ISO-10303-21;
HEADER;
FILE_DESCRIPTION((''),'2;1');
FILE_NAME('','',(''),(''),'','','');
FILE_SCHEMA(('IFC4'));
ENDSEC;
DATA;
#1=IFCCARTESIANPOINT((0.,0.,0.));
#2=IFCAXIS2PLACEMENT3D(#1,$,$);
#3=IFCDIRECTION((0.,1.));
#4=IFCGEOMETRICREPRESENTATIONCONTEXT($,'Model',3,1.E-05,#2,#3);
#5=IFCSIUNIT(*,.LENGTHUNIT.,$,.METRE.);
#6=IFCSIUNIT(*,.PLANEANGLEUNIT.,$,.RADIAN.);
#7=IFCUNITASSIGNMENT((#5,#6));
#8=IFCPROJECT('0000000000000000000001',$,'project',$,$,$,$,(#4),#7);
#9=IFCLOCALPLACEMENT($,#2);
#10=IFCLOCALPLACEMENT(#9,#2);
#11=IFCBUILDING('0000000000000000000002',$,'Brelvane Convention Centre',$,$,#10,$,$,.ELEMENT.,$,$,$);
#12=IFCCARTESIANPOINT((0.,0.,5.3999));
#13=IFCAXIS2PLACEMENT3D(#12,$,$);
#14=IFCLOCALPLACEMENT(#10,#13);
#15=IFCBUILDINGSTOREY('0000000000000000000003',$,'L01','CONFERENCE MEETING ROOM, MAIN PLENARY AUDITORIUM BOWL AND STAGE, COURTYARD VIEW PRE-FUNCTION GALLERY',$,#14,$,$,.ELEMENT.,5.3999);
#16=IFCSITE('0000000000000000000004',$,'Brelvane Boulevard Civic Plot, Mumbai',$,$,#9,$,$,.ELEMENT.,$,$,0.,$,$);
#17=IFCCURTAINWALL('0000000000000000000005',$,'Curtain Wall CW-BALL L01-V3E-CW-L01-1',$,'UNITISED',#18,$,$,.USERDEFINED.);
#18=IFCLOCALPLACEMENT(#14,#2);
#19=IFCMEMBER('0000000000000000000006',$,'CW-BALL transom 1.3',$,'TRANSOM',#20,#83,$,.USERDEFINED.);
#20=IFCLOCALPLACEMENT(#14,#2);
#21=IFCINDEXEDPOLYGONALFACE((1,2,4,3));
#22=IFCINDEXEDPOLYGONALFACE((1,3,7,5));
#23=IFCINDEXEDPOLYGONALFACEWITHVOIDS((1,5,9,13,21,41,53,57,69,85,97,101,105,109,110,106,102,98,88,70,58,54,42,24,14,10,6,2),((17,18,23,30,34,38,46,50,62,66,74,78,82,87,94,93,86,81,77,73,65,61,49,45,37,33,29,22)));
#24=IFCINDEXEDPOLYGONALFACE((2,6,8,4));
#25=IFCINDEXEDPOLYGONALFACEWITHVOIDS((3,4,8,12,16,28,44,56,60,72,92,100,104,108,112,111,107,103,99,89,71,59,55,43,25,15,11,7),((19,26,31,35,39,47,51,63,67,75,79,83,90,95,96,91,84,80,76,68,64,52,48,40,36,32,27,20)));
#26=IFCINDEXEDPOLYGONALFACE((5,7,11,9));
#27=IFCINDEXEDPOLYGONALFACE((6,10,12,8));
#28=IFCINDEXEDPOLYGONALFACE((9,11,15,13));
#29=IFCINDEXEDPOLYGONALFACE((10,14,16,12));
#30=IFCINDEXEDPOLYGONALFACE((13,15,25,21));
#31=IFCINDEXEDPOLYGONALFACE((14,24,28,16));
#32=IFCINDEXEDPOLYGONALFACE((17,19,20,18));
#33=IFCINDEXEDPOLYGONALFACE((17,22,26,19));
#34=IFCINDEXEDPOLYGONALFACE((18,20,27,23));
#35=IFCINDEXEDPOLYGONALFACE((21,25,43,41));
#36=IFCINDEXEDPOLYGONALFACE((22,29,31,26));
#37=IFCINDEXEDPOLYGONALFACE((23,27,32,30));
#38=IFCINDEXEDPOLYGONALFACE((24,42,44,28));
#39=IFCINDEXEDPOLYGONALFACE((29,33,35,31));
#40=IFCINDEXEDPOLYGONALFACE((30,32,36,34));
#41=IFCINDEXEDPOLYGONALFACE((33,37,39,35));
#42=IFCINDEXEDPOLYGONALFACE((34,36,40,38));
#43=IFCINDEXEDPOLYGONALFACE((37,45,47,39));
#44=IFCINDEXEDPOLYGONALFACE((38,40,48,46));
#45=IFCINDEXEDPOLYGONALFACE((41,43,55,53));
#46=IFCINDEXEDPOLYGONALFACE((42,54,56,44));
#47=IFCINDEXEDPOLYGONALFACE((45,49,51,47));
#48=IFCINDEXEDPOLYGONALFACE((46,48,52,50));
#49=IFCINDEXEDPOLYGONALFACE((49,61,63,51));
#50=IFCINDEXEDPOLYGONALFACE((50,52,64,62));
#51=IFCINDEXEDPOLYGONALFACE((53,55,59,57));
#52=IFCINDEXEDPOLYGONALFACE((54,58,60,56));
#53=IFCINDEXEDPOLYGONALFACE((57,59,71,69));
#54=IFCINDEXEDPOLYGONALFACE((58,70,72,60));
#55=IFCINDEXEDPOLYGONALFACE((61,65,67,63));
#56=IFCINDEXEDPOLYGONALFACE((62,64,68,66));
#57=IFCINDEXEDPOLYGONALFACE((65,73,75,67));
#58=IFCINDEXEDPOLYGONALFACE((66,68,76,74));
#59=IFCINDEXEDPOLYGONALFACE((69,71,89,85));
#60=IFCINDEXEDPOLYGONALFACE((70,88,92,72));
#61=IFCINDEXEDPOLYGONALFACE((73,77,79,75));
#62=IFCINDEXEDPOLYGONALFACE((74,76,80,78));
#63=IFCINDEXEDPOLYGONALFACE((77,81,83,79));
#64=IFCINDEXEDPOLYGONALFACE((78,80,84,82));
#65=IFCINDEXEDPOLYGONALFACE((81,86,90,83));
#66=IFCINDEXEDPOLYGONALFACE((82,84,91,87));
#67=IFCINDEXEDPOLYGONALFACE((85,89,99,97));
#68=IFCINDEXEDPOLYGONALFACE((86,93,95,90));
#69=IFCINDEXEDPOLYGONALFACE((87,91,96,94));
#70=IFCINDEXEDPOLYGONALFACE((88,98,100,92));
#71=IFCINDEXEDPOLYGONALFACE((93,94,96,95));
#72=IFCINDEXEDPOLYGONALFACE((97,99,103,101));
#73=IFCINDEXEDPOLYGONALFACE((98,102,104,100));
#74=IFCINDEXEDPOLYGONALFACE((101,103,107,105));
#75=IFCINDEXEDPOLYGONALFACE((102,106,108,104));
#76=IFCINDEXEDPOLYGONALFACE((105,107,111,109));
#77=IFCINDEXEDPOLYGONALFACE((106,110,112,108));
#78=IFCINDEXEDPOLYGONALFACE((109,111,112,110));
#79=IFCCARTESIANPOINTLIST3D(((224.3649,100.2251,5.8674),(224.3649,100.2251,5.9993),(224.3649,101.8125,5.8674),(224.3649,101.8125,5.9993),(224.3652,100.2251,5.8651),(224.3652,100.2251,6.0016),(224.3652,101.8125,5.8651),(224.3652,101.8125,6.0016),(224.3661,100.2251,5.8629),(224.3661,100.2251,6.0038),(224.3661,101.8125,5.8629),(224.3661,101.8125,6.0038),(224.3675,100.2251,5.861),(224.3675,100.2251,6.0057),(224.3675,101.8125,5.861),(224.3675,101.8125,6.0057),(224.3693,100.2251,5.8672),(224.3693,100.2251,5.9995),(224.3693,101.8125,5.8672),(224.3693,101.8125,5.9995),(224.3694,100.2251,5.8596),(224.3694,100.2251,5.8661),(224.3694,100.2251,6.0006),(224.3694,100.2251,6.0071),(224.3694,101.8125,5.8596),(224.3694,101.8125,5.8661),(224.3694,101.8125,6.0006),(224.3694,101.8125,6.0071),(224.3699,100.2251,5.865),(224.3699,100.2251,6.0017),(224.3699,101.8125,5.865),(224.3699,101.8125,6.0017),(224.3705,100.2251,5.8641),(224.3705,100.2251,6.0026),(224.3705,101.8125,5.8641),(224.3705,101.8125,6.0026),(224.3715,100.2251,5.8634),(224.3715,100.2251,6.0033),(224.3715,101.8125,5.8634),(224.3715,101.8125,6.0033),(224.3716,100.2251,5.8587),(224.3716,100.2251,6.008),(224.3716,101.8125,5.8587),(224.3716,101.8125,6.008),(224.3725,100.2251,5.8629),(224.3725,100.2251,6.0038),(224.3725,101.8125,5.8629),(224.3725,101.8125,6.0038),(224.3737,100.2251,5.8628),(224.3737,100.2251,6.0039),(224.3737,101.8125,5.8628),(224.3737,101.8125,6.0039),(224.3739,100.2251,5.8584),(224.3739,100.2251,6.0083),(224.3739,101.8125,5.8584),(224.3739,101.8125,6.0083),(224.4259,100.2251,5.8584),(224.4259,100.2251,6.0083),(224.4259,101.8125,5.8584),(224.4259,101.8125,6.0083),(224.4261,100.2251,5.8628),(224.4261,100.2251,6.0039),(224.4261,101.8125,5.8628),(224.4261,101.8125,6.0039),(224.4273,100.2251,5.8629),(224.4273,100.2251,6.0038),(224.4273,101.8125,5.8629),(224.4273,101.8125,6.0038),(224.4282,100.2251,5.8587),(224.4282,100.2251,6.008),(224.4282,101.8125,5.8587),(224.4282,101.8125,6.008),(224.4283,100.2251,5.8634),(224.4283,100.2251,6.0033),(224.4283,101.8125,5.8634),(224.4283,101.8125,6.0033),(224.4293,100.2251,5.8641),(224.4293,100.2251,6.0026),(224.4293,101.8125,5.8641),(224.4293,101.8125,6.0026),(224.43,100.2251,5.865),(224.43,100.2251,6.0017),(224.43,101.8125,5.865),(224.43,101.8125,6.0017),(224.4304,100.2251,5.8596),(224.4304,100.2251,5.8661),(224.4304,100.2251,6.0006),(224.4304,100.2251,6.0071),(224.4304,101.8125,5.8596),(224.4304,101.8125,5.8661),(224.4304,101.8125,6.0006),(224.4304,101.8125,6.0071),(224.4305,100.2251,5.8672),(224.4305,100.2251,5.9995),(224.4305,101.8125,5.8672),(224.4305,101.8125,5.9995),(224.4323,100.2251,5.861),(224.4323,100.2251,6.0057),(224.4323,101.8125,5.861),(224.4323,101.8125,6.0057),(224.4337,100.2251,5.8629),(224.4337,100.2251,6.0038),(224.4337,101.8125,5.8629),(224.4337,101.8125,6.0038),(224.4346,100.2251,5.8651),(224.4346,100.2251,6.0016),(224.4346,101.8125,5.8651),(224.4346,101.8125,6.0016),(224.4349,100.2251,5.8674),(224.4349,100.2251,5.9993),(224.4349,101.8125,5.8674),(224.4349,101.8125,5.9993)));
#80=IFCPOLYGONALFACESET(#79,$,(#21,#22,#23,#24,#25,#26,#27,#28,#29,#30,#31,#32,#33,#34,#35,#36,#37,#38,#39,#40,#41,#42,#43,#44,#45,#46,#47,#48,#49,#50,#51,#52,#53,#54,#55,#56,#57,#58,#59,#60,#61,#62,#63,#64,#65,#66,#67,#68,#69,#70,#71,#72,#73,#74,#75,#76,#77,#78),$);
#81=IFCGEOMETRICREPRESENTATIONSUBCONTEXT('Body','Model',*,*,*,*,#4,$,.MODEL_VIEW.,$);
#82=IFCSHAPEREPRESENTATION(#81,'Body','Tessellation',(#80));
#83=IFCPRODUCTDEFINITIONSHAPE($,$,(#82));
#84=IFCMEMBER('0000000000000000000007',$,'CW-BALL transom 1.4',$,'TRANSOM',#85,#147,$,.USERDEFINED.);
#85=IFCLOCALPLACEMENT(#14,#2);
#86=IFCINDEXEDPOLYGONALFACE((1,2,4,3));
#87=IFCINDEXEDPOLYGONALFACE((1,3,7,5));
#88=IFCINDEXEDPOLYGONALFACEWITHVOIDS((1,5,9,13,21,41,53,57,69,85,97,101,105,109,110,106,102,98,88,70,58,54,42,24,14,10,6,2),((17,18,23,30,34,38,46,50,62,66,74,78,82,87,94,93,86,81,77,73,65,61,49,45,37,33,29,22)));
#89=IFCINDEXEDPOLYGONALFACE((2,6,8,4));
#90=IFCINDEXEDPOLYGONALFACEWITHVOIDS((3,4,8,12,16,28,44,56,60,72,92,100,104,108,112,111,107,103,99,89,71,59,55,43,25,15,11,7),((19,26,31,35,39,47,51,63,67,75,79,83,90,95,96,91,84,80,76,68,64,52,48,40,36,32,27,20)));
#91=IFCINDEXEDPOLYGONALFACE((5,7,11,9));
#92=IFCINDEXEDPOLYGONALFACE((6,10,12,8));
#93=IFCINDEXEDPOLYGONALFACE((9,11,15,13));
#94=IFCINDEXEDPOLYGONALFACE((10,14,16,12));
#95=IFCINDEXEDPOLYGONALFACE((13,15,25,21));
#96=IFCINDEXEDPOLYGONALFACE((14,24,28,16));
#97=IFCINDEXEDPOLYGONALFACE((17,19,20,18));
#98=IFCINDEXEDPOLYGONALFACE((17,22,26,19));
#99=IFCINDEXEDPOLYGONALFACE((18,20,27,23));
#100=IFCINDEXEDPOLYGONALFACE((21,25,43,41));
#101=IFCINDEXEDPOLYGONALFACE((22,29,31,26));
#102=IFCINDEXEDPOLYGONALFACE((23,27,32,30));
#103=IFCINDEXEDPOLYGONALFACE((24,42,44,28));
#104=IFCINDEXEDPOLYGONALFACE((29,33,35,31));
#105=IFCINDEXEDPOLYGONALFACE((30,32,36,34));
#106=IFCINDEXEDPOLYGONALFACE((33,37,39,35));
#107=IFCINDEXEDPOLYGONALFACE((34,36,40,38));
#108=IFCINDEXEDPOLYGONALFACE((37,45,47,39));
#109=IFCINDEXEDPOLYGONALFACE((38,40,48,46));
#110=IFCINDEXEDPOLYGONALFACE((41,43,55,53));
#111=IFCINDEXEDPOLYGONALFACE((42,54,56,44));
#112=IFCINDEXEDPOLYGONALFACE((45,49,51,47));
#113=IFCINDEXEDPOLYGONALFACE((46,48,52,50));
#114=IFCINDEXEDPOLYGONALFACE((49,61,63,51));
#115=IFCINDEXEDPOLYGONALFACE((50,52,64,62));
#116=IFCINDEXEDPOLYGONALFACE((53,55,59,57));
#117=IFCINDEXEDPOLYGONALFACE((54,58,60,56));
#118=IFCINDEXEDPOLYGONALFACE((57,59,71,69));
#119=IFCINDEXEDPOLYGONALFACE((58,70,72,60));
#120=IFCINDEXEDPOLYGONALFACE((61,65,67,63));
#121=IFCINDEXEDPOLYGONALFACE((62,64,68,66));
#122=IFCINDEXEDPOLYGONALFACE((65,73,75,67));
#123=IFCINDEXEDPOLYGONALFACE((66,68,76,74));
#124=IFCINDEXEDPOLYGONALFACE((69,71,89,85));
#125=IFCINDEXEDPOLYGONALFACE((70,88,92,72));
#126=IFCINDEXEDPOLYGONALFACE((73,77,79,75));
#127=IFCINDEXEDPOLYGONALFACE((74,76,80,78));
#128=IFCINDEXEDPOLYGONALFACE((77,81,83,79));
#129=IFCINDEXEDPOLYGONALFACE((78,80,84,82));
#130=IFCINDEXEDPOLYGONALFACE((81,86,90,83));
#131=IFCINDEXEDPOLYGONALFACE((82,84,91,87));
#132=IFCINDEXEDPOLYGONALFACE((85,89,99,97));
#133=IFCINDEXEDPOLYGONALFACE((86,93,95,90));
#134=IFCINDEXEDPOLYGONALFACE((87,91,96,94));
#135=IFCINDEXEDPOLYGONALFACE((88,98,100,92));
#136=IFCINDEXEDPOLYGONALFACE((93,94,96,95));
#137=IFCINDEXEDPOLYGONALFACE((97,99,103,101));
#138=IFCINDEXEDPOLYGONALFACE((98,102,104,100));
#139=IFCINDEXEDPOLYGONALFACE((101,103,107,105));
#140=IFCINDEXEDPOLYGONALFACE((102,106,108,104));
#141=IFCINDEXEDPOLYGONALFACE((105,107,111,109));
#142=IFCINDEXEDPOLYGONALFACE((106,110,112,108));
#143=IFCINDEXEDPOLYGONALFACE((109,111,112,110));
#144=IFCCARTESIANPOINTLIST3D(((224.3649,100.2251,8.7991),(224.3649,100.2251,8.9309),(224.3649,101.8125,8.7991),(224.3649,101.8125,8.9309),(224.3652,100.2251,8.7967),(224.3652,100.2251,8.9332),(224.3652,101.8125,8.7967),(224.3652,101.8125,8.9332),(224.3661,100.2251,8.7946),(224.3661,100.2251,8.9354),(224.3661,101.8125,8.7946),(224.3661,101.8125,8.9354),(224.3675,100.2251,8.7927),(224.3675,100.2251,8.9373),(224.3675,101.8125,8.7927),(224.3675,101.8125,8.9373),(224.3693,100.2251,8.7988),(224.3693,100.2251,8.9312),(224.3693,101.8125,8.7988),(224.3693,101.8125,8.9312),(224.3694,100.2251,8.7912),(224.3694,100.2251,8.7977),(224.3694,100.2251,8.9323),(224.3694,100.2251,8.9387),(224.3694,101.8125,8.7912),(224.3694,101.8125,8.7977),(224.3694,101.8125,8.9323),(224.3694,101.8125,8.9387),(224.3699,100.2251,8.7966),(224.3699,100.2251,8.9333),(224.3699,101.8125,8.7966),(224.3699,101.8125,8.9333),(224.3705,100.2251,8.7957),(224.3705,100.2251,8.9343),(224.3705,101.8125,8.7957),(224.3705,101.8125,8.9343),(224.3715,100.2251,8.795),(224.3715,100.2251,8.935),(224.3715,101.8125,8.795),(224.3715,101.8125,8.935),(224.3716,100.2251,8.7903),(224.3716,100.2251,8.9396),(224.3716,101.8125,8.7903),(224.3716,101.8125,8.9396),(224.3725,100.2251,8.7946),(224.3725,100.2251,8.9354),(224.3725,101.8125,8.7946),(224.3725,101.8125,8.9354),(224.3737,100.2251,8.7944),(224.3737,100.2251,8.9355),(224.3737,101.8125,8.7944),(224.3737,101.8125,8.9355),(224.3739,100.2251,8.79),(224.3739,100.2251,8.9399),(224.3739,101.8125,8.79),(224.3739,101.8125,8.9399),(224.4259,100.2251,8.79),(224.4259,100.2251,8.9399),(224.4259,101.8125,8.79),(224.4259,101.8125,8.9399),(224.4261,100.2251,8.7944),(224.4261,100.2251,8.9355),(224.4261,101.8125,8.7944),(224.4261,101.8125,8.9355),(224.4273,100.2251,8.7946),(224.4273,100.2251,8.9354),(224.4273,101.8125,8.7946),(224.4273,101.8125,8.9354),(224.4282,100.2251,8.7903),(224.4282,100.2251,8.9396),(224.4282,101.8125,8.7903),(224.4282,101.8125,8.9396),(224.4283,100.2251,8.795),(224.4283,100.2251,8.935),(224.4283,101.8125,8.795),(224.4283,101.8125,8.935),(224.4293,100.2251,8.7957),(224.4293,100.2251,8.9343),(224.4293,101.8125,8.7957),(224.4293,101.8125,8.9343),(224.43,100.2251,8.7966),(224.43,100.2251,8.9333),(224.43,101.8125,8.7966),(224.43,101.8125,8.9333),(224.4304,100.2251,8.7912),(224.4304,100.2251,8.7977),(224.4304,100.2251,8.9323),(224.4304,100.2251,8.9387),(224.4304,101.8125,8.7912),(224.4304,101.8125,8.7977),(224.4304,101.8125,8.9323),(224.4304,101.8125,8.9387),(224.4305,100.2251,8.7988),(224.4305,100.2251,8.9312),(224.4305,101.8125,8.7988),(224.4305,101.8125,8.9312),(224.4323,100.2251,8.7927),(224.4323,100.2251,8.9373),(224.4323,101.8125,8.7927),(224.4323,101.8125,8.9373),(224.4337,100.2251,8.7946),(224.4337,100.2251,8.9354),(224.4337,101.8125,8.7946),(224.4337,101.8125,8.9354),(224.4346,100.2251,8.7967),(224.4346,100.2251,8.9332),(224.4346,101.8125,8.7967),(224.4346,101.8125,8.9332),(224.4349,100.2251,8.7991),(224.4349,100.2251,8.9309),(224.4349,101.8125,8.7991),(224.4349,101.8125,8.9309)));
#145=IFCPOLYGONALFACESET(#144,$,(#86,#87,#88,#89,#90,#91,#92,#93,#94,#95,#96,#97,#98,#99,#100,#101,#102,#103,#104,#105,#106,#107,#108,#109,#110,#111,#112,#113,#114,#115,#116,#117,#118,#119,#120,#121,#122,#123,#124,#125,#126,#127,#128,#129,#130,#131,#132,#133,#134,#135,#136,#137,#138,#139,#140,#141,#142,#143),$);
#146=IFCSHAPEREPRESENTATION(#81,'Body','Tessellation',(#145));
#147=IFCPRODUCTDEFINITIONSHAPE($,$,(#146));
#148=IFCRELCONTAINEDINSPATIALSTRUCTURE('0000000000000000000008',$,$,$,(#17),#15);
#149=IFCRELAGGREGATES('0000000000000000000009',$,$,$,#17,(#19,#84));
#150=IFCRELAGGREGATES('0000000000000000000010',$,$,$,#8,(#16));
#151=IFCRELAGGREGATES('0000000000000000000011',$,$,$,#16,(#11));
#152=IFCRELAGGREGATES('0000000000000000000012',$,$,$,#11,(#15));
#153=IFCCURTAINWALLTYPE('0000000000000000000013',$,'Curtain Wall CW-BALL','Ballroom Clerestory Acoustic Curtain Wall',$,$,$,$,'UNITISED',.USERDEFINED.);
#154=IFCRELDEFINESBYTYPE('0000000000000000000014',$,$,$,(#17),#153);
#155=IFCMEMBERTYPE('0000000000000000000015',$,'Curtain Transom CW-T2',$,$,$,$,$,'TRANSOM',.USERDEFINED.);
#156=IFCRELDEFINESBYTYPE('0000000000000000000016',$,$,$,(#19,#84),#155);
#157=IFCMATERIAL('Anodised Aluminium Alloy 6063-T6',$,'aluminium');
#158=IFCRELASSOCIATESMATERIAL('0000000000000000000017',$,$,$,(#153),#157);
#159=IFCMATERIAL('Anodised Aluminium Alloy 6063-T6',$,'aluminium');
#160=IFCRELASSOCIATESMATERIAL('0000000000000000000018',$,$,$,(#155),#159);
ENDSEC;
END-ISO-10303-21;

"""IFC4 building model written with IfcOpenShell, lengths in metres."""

from ifc_helpers import new_model, si_unit, direction, frame, origin, origin_2d, place, context, subcontext, project, spatial, hollow_rectangle, extrude, material, material_profile, profile_set, type_object, element, aggregate, save


model = new_model("IFC4")

# Units and contexts
model_context = context("Model", 3, precision=1e-05, world=origin(), true_north=direction((0.0, 1.0)))
body_context = subcontext(model_context, "Body", "Model", "MODEL_VIEW")
ifc_project = project(units=[si_unit("LENGTHUNIT", "METRE"), si_unit("PLANEANGLEUNIT", "RADIAN")], contexts=[model_context])

# Site, building, storey
site_placement = place(None, origin())
site = spatial("IfcSite", under=ifc_project, at=site_placement, Name="Brelvane Boulevard Civic Plot, Mumbai", CompositionType="ELEMENT", RefElevation=0.0)
building_placement = place(site_placement, origin())
building = spatial("IfcBuilding", under=site, at=building_placement, Name="Brelvane Convention Centre", CompositionType="ELEMENT")
storey_placement = place(building_placement, frame((0.0, 0.0, 5.3999)))
storey = spatial("IfcBuildingStorey", under=building, at=storey_placement, Name="L01", Description="CONFERENCE MEETING ROOM, MAIN PLENARY AUDITORIUM BOWL AND STAGE, COURTYARD VIEW PRE-FUNCTION GALLERY", CompositionType="ELEMENT", Elevation=5.3999)

# Curtain wall, members
ifc_material_1 = material(Name="Anodised Aluminium Alloy 6063-T6", Category="aluminium")
curtain_wall_type = type_object("IfcCurtainWallType", Name="Curtain Wall CW-BALL", Description="Ballroom Clerestory Acoustic Curtain Wall", ElementType="UNITISED", PredefinedType="USERDEFINED", material=ifc_material_1)
curtain_wall_placement = place(storey_placement, origin())
curtain_wall = element("IfcCurtainWall", 1, at=curtain_wall_placement, inside=storey, type_object=curtain_wall_type, Name="Curtain Wall CW-BALL L01-V3E-CW-L01-1", ObjectType="UNITISED", PredefinedType="USERDEFINED")
ifc_material_2 = material(Name="Anodised Aluminium Alloy 6063-T6", Category="aluminium")
ifc_material_profile_1 = material_profile(ifc_material_2, hollow_rectangle(XDim=0.0701, YDim=0.1499, WallThickness=0.0044, InnerFilletRadius=0.0044, OuterFilletRadius=0.009, at=origin_2d()), Name="ALU-T 150x70x4.5")
ifc_profile_set_1 = profile_set([ifc_material_profile_1], Name="Anodised Aluminium Alloy 6063-T6")
member_type_1 = type_object("IfcMemberType", Name="Curtain Transom CW-T2", ElementType="TRANSOM", PredefinedType="USERDEFINED", material=ifc_profile_set_1)
member_1_placement = place(storey_placement, frame((224.3999, 100.2251, 5.9333), z_axis=(0.0, 1.0, 0.0), x_axis=(-1.0, 0.0, 0.0)))
member_1 = element("IfcMember", 2, at=member_1_placement, type_object=member_type_1, Name="CW-BALL transom 1.3", ObjectType="TRANSOM", PredefinedType="USERDEFINED", context=body_context, shape_type="SweptSolid", body=[
    extrude(hollow_rectangle(XDim=0.0701, YDim=0.1499, WallThickness=0.0044, InnerFilletRadius=0.0044, OuterFilletRadius=0.009, at=origin_2d()), origin(), (0.0, 0.0, 1.0), 1.5874),
])
member_2_placement = place(storey_placement, frame((224.3999, 100.2251, 8.865), z_axis=(0.0, 1.0, 0.0), x_axis=(-1.0, 0.0, 0.0)))
member_2 = element("IfcMember", 3, at=member_2_placement, type_object=member_type_1, Name="CW-BALL transom 1.4", ObjectType="TRANSOM", PredefinedType="USERDEFINED", context=body_context, shape_type="SweptSolid", body=[
    extrude(hollow_rectangle(XDim=0.0701, YDim=0.1499, WallThickness=0.0044, InnerFilletRadius=0.0044, OuterFilletRadius=0.009, at=origin_2d()), origin(), (0.0, 0.0, 1.0), 1.5874),
])

aggregate(curtain_wall, [member_1, member_2])

save(model, "model.ifc")
